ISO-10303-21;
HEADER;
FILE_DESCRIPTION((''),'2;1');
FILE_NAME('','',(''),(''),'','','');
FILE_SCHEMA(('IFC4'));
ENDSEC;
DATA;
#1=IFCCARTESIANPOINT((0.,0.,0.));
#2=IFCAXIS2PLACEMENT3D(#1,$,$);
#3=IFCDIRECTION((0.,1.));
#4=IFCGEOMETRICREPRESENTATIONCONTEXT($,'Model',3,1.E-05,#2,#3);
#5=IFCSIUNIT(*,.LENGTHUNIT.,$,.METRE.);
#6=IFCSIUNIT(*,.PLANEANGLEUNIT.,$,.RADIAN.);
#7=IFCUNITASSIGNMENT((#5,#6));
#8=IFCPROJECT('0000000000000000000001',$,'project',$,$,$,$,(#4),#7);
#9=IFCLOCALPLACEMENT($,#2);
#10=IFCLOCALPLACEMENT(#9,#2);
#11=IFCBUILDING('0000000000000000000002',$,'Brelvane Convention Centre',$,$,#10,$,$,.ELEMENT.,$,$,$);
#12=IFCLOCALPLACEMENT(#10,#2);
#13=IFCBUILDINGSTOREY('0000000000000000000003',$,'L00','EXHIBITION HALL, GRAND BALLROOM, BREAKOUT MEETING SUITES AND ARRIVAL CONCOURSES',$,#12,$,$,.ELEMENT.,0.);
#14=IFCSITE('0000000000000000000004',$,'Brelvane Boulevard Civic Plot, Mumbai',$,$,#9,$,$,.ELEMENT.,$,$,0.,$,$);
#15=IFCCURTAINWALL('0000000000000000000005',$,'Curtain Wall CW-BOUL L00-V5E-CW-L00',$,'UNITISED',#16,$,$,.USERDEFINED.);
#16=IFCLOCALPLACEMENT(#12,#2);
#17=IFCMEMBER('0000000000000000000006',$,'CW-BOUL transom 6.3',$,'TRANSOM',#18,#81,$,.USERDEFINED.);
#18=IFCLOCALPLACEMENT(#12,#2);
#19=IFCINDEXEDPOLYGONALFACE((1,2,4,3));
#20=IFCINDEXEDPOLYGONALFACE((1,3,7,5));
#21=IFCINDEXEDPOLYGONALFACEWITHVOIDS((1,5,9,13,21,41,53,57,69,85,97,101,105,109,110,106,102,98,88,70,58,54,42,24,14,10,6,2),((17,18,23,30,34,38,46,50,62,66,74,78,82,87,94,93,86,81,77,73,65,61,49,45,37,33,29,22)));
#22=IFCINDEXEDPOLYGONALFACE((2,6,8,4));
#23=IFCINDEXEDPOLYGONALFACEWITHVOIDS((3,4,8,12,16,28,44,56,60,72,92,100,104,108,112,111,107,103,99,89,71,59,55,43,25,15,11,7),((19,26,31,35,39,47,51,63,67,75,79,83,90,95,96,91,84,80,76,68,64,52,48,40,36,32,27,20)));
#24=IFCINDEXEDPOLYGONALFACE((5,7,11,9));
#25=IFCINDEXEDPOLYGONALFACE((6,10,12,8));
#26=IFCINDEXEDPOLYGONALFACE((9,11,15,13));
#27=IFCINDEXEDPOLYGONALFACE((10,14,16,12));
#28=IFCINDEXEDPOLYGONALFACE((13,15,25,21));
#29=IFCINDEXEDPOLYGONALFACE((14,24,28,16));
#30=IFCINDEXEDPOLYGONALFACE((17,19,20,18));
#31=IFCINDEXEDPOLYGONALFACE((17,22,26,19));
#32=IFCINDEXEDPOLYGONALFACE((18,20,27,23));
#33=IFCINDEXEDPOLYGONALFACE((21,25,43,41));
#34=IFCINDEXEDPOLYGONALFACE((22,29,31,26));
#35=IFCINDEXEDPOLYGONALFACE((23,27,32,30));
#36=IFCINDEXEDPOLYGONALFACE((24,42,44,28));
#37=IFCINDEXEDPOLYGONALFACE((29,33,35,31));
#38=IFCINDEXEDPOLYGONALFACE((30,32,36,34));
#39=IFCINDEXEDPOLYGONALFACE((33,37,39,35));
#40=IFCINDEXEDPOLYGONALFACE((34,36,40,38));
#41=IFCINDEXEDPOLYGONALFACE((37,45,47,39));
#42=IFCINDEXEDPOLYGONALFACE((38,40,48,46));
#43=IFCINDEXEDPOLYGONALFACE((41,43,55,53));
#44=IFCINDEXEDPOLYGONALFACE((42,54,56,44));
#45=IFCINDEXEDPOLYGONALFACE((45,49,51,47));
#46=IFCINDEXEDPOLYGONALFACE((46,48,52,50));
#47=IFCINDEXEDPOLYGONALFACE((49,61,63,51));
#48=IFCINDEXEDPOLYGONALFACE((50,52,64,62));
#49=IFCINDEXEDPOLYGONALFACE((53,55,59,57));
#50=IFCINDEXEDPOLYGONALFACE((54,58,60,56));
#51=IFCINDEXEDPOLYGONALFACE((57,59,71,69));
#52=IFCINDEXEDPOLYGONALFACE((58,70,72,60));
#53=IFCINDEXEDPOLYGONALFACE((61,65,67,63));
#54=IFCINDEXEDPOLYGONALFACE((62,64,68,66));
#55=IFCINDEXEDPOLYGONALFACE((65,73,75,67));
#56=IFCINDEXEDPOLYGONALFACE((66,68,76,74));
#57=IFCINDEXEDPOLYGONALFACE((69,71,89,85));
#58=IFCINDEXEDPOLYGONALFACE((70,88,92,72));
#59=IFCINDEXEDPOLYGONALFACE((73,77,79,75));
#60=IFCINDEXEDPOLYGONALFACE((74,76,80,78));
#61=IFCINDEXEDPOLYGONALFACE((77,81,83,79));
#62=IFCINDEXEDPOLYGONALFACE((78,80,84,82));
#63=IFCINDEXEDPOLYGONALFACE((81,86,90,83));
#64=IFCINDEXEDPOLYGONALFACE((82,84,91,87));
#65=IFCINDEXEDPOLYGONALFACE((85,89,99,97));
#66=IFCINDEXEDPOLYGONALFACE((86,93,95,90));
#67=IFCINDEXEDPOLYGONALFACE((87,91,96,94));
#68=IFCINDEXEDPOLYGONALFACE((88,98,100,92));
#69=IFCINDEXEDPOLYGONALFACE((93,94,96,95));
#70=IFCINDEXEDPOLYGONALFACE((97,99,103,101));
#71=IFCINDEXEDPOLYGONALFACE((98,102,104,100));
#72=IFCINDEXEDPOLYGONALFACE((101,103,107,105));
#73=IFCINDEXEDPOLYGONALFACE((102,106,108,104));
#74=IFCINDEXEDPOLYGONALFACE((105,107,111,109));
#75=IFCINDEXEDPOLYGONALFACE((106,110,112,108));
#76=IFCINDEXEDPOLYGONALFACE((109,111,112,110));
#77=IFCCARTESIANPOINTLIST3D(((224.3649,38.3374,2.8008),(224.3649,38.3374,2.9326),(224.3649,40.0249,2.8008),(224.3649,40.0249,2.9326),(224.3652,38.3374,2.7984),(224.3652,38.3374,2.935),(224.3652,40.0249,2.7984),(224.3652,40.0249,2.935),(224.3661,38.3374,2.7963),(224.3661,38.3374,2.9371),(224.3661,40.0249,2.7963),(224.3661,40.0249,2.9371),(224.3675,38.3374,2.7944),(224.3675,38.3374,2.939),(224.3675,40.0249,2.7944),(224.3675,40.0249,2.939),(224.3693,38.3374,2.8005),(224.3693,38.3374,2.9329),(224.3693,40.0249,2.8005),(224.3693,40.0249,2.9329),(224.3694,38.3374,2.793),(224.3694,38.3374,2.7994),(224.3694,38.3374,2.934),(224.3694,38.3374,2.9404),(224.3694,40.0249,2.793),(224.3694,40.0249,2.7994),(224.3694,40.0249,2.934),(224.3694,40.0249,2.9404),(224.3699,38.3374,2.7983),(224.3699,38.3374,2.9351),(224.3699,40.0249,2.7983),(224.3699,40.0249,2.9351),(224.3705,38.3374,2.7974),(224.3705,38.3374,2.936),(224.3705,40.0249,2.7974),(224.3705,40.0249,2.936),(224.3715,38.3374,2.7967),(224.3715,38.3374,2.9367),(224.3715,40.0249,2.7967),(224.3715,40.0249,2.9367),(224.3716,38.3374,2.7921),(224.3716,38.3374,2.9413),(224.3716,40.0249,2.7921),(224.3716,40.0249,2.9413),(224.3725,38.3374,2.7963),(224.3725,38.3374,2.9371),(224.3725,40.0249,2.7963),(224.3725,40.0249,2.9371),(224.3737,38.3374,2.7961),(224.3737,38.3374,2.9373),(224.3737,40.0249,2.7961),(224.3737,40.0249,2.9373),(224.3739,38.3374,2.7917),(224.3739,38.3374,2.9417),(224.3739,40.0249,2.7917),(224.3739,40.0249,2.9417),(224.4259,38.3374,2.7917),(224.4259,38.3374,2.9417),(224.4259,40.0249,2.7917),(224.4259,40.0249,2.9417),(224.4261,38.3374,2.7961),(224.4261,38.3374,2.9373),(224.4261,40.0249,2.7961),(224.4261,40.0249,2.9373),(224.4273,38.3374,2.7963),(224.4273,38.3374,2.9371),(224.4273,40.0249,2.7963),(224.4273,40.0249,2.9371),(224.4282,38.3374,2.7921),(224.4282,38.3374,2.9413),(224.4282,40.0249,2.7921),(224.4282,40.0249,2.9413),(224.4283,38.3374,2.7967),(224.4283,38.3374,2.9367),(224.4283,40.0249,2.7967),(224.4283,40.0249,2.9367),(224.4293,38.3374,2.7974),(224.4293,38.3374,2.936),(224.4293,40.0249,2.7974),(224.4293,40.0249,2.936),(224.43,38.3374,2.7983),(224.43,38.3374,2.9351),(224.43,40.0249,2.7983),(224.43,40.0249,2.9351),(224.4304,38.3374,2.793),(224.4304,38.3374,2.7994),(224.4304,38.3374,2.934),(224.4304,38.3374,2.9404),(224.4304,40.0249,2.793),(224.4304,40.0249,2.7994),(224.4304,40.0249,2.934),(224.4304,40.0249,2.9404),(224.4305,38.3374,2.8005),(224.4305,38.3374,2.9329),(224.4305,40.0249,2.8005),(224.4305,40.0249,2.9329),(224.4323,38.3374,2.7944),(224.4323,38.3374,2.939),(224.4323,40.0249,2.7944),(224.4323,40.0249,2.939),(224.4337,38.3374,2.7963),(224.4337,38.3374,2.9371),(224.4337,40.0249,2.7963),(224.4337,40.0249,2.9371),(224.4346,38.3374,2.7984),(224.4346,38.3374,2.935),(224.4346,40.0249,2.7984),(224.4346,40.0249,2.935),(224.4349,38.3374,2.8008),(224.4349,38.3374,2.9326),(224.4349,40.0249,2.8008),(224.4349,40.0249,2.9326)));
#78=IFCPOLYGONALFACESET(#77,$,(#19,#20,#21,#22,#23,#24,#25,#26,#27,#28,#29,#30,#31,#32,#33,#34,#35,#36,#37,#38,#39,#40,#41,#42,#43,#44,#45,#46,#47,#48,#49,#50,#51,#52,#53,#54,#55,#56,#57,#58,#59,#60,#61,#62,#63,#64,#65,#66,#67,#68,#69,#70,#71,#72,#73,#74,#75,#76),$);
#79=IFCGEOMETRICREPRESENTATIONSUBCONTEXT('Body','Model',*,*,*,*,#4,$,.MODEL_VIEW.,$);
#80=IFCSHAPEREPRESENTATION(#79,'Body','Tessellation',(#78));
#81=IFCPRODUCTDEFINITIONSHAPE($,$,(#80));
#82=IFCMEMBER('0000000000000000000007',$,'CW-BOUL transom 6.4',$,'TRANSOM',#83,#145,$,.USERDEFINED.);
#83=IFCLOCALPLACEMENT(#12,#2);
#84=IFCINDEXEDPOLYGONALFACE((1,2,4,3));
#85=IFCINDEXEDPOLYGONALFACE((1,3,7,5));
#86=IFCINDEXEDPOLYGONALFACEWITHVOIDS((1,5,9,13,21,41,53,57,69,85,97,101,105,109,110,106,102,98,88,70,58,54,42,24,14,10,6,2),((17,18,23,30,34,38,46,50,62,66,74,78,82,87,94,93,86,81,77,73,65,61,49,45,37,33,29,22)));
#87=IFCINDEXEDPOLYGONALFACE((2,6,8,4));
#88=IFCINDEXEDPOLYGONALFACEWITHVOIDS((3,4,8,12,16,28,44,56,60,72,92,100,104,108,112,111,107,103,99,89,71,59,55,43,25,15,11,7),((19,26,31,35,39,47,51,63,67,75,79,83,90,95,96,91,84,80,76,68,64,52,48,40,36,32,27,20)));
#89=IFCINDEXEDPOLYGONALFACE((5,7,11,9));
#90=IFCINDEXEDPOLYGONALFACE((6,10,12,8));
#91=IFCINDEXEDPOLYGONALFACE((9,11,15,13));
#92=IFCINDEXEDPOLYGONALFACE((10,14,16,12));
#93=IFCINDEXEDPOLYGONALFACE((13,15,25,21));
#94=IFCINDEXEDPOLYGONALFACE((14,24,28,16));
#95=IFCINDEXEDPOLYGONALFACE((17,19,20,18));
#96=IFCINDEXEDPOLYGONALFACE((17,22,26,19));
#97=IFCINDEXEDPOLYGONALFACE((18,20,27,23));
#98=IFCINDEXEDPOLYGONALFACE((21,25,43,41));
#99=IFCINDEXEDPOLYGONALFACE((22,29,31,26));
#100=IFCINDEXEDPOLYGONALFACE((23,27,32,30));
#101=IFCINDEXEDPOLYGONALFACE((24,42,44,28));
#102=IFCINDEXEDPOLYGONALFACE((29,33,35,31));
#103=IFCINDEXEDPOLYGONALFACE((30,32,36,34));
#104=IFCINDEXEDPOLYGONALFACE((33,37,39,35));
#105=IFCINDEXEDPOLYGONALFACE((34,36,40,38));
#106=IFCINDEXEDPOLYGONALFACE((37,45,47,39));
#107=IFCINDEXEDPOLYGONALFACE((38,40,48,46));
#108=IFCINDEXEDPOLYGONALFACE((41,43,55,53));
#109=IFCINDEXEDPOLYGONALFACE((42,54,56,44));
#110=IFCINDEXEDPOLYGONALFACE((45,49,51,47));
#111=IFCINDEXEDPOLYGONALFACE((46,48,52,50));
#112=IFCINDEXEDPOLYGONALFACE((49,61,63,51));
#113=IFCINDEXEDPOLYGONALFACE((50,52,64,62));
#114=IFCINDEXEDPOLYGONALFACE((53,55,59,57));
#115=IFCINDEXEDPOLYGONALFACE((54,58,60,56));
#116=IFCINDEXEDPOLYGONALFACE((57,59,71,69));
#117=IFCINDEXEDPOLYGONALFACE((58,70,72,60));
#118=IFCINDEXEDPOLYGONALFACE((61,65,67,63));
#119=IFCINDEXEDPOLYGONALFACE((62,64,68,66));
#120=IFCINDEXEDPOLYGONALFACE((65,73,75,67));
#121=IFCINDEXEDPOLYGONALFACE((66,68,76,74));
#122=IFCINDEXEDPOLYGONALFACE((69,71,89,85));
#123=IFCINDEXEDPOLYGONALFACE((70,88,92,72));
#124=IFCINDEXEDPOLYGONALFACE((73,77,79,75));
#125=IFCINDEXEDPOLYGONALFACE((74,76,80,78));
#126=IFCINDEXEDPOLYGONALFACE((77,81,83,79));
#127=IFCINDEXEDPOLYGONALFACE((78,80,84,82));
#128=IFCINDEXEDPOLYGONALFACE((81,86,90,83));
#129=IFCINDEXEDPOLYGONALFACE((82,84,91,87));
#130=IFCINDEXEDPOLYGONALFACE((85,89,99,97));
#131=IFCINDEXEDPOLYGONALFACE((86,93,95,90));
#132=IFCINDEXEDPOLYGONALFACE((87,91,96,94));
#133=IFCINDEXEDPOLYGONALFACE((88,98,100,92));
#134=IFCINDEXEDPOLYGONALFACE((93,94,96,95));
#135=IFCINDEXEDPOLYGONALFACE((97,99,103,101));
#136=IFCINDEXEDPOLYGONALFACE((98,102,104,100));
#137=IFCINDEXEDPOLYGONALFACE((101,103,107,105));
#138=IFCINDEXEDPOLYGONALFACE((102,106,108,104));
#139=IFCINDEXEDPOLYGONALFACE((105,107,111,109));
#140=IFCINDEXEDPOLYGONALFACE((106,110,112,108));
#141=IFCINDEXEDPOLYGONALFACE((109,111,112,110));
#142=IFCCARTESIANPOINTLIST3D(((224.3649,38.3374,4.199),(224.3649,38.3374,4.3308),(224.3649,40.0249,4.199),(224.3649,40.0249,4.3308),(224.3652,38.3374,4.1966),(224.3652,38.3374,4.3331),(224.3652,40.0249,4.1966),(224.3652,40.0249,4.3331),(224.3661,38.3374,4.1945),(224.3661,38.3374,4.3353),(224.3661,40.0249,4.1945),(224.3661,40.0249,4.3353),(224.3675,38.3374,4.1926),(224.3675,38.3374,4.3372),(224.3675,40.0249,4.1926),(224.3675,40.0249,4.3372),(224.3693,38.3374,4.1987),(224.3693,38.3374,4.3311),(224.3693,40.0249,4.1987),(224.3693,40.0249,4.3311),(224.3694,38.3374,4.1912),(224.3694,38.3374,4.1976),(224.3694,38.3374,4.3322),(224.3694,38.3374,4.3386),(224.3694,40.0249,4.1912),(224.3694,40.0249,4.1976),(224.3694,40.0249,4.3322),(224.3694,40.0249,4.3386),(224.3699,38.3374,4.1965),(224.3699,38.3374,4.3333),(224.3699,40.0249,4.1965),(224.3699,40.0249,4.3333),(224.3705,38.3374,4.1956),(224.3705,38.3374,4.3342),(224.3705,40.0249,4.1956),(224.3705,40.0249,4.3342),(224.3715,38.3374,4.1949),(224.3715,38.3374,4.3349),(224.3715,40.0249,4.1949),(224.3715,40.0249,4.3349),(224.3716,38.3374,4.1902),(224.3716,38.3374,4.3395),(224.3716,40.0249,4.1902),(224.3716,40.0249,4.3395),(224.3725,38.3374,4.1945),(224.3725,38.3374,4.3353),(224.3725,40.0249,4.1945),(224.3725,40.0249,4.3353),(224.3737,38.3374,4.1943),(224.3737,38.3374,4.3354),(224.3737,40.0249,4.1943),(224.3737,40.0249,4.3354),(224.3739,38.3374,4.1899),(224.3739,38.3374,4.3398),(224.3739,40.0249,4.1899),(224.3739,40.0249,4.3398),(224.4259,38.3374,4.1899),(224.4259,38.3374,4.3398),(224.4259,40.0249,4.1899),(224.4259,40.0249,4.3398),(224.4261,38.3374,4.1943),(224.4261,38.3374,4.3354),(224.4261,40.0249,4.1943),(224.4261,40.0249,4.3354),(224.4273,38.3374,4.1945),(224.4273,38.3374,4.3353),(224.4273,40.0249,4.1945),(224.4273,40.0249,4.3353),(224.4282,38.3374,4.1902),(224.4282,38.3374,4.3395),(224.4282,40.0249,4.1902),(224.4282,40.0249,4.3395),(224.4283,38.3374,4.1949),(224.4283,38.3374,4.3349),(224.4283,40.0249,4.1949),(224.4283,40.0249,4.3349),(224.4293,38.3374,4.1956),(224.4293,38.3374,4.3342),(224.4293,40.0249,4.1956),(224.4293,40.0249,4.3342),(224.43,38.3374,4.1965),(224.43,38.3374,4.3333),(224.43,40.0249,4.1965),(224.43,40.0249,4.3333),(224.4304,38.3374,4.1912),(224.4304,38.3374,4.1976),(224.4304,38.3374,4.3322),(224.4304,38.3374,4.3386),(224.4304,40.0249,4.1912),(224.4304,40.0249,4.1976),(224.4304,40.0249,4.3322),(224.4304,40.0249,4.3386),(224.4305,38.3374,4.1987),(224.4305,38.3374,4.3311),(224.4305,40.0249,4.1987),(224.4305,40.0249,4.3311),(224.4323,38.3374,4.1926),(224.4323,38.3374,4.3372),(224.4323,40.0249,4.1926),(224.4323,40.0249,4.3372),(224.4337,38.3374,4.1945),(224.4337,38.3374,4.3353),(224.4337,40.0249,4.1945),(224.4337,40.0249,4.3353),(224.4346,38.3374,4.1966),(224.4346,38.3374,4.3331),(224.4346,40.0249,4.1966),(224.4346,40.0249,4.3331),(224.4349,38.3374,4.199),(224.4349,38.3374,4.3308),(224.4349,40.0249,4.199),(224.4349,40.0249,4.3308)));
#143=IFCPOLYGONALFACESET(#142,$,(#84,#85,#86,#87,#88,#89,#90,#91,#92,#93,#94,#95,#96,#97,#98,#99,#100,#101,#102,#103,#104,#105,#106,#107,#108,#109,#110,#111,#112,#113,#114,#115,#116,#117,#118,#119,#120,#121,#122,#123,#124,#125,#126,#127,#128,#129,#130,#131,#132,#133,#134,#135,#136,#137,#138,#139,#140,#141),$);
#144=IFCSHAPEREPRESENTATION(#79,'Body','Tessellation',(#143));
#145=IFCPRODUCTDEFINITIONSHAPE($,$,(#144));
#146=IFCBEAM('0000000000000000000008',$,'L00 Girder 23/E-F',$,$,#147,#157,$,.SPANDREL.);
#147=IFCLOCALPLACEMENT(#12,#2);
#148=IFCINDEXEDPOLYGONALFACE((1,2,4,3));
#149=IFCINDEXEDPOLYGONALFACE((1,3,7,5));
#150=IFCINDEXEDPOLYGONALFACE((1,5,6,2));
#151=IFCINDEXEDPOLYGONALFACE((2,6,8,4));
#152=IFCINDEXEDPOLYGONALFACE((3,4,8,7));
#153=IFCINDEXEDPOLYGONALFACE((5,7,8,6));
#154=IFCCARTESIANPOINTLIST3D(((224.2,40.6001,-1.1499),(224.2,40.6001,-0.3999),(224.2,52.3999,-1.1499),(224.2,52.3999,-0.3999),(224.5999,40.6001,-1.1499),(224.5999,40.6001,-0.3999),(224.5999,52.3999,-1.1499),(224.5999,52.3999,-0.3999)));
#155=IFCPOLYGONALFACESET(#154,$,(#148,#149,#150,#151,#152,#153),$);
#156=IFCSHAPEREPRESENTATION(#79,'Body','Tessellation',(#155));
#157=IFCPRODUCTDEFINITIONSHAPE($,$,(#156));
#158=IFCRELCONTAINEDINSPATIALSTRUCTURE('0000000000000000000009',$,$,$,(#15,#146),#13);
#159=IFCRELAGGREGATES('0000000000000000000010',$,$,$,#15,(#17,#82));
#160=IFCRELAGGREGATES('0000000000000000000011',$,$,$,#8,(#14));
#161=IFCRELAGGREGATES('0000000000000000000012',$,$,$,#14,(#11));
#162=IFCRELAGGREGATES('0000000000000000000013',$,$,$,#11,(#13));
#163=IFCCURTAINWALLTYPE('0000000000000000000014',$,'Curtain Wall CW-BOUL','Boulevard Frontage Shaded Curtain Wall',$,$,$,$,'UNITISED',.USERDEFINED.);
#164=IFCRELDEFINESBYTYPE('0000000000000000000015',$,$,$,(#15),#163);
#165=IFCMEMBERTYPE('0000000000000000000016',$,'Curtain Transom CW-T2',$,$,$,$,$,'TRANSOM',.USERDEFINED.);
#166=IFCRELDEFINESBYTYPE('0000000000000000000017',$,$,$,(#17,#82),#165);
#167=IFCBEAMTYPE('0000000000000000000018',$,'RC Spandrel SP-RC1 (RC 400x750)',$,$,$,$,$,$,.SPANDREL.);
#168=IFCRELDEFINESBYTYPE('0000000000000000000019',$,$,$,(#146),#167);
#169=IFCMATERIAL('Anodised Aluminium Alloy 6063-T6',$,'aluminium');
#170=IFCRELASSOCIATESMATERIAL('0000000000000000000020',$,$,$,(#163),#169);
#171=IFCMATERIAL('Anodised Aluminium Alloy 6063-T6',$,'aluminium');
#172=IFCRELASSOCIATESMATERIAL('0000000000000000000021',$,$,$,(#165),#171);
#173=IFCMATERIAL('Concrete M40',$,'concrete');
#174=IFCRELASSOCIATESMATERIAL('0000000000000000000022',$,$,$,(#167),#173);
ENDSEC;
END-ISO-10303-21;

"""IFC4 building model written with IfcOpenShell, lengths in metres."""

from ifc_helpers import new_model, si_unit, direction, frame, origin, origin_2d, place, context, subcontext, project, spatial, rectangle, hollow_rectangle, extrude, material, material_profile, profile_set, type_object, element, aggregate, save


model = new_model("IFC4")

# Units and contexts
model_context = context("Model", 3, precision=1e-05, world=origin(), true_north=direction((0.0, 1.0)))
body_context = subcontext(model_context, "Body", "Model", "MODEL_VIEW")
ifc_project = project(units=[si_unit("LENGTHUNIT", "METRE"), si_unit("PLANEANGLEUNIT", "RADIAN")], contexts=[model_context])

# Site, building, storey
site_placement = place(None, origin())
site = spatial("IfcSite", under=ifc_project, at=site_placement, Name="Brelvane Boulevard Civic Plot, Mumbai", CompositionType="ELEMENT", RefElevation=0.0)
building_placement = place(site_placement, origin())
building = spatial("IfcBuilding", under=site, at=building_placement, Name="Brelvane Convention Centre", CompositionType="ELEMENT")
storey_placement = place(building_placement, origin())
storey = spatial("IfcBuildingStorey", under=building, at=storey_placement, Name="L00", Description="EXHIBITION HALL, GRAND BALLROOM, BREAKOUT MEETING SUITES AND ARRIVAL CONCOURSES", CompositionType="ELEMENT", Elevation=0.0)

# Curtain wall, members
ifc_material_1 = material(Name="Anodised Aluminium Alloy 6063-T6", Category="aluminium")
curtain_wall_type = type_object("IfcCurtainWallType", Name="Curtain Wall CW-BOUL", Description="Boulevard Frontage Shaded Curtain Wall", ElementType="UNITISED", PredefinedType="USERDEFINED", material=ifc_material_1)
curtain_wall_placement = place(storey_placement, origin())
curtain_wall = element("IfcCurtainWall", 1, at=curtain_wall_placement, inside=storey, type_object=curtain_wall_type, Name="Curtain Wall CW-BOUL L00-V5E-CW-L00", ObjectType="UNITISED", PredefinedType="USERDEFINED")
ifc_material_2 = material(Name="Anodised Aluminium Alloy 6063-T6", Category="aluminium")
ifc_material_profile_1 = material_profile(ifc_material_2, hollow_rectangle(XDim=0.0701, YDim=0.1499, WallThickness=0.0044, InnerFilletRadius=0.0044, OuterFilletRadius=0.009, at=origin_2d()), Name="ALU-T 150x70x4.5")
ifc_profile_set_1 = profile_set([ifc_material_profile_1], Name="Anodised Aluminium Alloy 6063-T6")
member_type_1 = type_object("IfcMemberType", Name="Curtain Transom CW-T2", ElementType="TRANSOM", PredefinedType="USERDEFINED", material=ifc_profile_set_1)
member_1_placement = place(storey_placement, frame((224.3999, 38.3374, 2.8667), z_axis=(0.0, 1.0, 0.0), x_axis=(-1.0, 0.0, 0.0)))
member_1 = element("IfcMember", 2, at=member_1_placement, type_object=member_type_1, Name="CW-BOUL transom 6.3", ObjectType="TRANSOM", PredefinedType="USERDEFINED", context=body_context, shape_type="SweptSolid", body=[
    extrude(hollow_rectangle(XDim=0.0701, YDim=0.1499, WallThickness=0.0044, InnerFilletRadius=0.0044, OuterFilletRadius=0.009, at=origin_2d()), origin(), (0.0, 0.0, 1.0), 1.6875),
])
member_2_placement = place(storey_placement, frame((224.3999, 38.3374, 4.2649), z_axis=(0.0, 1.0, 0.0), x_axis=(-1.0, 0.0, 0.0)))
member_2 = element("IfcMember", 3, at=member_2_placement, type_object=member_type_1, Name="CW-BOUL transom 6.4", ObjectType="TRANSOM", PredefinedType="USERDEFINED", context=body_context, shape_type="SweptSolid", body=[
    extrude(hollow_rectangle(XDim=0.0701, YDim=0.1499, WallThickness=0.0044, InnerFilletRadius=0.0044, OuterFilletRadius=0.009, at=origin_2d()), origin(), (0.0, 0.0, 1.0), 1.6875),
])

# Beam
ifc_material_3 = material(Name="Concrete M40", Category="concrete")
ifc_material_profile_2 = material_profile(ifc_material_3, rectangle(XDim=0.3999, YDim=0.75, at=origin_2d()), Name="RC 400x750")
ifc_profile_set_2 = profile_set([ifc_material_profile_2], Name="Concrete M40")
beam_type = type_object("IfcBeamType", Name="RC Spandrel SP-RC1 (RC 400x750)", PredefinedType="SPANDREL", material=ifc_profile_set_2)
beam_placement = place(storey_placement, frame((224.3999, 40.6001, -0.7749), z_axis=(0.0, 1.0, 0.0), x_axis=(-1.0, 0.0, 0.0)))
element("IfcBeam", 4, at=beam_placement, inside=storey, type_object=beam_type, Name="L00 Girder 23/E-F", PredefinedType="SPANDREL", context=body_context, shape_type="SweptSolid", body=[
    extrude(rectangle(XDim=0.3999, YDim=0.75, at=origin_2d()), origin(), (0.0, 0.0, 1.0), 11.7998),
])

aggregate(curtain_wall, [member_1, member_2])

save(model, "model.ifc")
